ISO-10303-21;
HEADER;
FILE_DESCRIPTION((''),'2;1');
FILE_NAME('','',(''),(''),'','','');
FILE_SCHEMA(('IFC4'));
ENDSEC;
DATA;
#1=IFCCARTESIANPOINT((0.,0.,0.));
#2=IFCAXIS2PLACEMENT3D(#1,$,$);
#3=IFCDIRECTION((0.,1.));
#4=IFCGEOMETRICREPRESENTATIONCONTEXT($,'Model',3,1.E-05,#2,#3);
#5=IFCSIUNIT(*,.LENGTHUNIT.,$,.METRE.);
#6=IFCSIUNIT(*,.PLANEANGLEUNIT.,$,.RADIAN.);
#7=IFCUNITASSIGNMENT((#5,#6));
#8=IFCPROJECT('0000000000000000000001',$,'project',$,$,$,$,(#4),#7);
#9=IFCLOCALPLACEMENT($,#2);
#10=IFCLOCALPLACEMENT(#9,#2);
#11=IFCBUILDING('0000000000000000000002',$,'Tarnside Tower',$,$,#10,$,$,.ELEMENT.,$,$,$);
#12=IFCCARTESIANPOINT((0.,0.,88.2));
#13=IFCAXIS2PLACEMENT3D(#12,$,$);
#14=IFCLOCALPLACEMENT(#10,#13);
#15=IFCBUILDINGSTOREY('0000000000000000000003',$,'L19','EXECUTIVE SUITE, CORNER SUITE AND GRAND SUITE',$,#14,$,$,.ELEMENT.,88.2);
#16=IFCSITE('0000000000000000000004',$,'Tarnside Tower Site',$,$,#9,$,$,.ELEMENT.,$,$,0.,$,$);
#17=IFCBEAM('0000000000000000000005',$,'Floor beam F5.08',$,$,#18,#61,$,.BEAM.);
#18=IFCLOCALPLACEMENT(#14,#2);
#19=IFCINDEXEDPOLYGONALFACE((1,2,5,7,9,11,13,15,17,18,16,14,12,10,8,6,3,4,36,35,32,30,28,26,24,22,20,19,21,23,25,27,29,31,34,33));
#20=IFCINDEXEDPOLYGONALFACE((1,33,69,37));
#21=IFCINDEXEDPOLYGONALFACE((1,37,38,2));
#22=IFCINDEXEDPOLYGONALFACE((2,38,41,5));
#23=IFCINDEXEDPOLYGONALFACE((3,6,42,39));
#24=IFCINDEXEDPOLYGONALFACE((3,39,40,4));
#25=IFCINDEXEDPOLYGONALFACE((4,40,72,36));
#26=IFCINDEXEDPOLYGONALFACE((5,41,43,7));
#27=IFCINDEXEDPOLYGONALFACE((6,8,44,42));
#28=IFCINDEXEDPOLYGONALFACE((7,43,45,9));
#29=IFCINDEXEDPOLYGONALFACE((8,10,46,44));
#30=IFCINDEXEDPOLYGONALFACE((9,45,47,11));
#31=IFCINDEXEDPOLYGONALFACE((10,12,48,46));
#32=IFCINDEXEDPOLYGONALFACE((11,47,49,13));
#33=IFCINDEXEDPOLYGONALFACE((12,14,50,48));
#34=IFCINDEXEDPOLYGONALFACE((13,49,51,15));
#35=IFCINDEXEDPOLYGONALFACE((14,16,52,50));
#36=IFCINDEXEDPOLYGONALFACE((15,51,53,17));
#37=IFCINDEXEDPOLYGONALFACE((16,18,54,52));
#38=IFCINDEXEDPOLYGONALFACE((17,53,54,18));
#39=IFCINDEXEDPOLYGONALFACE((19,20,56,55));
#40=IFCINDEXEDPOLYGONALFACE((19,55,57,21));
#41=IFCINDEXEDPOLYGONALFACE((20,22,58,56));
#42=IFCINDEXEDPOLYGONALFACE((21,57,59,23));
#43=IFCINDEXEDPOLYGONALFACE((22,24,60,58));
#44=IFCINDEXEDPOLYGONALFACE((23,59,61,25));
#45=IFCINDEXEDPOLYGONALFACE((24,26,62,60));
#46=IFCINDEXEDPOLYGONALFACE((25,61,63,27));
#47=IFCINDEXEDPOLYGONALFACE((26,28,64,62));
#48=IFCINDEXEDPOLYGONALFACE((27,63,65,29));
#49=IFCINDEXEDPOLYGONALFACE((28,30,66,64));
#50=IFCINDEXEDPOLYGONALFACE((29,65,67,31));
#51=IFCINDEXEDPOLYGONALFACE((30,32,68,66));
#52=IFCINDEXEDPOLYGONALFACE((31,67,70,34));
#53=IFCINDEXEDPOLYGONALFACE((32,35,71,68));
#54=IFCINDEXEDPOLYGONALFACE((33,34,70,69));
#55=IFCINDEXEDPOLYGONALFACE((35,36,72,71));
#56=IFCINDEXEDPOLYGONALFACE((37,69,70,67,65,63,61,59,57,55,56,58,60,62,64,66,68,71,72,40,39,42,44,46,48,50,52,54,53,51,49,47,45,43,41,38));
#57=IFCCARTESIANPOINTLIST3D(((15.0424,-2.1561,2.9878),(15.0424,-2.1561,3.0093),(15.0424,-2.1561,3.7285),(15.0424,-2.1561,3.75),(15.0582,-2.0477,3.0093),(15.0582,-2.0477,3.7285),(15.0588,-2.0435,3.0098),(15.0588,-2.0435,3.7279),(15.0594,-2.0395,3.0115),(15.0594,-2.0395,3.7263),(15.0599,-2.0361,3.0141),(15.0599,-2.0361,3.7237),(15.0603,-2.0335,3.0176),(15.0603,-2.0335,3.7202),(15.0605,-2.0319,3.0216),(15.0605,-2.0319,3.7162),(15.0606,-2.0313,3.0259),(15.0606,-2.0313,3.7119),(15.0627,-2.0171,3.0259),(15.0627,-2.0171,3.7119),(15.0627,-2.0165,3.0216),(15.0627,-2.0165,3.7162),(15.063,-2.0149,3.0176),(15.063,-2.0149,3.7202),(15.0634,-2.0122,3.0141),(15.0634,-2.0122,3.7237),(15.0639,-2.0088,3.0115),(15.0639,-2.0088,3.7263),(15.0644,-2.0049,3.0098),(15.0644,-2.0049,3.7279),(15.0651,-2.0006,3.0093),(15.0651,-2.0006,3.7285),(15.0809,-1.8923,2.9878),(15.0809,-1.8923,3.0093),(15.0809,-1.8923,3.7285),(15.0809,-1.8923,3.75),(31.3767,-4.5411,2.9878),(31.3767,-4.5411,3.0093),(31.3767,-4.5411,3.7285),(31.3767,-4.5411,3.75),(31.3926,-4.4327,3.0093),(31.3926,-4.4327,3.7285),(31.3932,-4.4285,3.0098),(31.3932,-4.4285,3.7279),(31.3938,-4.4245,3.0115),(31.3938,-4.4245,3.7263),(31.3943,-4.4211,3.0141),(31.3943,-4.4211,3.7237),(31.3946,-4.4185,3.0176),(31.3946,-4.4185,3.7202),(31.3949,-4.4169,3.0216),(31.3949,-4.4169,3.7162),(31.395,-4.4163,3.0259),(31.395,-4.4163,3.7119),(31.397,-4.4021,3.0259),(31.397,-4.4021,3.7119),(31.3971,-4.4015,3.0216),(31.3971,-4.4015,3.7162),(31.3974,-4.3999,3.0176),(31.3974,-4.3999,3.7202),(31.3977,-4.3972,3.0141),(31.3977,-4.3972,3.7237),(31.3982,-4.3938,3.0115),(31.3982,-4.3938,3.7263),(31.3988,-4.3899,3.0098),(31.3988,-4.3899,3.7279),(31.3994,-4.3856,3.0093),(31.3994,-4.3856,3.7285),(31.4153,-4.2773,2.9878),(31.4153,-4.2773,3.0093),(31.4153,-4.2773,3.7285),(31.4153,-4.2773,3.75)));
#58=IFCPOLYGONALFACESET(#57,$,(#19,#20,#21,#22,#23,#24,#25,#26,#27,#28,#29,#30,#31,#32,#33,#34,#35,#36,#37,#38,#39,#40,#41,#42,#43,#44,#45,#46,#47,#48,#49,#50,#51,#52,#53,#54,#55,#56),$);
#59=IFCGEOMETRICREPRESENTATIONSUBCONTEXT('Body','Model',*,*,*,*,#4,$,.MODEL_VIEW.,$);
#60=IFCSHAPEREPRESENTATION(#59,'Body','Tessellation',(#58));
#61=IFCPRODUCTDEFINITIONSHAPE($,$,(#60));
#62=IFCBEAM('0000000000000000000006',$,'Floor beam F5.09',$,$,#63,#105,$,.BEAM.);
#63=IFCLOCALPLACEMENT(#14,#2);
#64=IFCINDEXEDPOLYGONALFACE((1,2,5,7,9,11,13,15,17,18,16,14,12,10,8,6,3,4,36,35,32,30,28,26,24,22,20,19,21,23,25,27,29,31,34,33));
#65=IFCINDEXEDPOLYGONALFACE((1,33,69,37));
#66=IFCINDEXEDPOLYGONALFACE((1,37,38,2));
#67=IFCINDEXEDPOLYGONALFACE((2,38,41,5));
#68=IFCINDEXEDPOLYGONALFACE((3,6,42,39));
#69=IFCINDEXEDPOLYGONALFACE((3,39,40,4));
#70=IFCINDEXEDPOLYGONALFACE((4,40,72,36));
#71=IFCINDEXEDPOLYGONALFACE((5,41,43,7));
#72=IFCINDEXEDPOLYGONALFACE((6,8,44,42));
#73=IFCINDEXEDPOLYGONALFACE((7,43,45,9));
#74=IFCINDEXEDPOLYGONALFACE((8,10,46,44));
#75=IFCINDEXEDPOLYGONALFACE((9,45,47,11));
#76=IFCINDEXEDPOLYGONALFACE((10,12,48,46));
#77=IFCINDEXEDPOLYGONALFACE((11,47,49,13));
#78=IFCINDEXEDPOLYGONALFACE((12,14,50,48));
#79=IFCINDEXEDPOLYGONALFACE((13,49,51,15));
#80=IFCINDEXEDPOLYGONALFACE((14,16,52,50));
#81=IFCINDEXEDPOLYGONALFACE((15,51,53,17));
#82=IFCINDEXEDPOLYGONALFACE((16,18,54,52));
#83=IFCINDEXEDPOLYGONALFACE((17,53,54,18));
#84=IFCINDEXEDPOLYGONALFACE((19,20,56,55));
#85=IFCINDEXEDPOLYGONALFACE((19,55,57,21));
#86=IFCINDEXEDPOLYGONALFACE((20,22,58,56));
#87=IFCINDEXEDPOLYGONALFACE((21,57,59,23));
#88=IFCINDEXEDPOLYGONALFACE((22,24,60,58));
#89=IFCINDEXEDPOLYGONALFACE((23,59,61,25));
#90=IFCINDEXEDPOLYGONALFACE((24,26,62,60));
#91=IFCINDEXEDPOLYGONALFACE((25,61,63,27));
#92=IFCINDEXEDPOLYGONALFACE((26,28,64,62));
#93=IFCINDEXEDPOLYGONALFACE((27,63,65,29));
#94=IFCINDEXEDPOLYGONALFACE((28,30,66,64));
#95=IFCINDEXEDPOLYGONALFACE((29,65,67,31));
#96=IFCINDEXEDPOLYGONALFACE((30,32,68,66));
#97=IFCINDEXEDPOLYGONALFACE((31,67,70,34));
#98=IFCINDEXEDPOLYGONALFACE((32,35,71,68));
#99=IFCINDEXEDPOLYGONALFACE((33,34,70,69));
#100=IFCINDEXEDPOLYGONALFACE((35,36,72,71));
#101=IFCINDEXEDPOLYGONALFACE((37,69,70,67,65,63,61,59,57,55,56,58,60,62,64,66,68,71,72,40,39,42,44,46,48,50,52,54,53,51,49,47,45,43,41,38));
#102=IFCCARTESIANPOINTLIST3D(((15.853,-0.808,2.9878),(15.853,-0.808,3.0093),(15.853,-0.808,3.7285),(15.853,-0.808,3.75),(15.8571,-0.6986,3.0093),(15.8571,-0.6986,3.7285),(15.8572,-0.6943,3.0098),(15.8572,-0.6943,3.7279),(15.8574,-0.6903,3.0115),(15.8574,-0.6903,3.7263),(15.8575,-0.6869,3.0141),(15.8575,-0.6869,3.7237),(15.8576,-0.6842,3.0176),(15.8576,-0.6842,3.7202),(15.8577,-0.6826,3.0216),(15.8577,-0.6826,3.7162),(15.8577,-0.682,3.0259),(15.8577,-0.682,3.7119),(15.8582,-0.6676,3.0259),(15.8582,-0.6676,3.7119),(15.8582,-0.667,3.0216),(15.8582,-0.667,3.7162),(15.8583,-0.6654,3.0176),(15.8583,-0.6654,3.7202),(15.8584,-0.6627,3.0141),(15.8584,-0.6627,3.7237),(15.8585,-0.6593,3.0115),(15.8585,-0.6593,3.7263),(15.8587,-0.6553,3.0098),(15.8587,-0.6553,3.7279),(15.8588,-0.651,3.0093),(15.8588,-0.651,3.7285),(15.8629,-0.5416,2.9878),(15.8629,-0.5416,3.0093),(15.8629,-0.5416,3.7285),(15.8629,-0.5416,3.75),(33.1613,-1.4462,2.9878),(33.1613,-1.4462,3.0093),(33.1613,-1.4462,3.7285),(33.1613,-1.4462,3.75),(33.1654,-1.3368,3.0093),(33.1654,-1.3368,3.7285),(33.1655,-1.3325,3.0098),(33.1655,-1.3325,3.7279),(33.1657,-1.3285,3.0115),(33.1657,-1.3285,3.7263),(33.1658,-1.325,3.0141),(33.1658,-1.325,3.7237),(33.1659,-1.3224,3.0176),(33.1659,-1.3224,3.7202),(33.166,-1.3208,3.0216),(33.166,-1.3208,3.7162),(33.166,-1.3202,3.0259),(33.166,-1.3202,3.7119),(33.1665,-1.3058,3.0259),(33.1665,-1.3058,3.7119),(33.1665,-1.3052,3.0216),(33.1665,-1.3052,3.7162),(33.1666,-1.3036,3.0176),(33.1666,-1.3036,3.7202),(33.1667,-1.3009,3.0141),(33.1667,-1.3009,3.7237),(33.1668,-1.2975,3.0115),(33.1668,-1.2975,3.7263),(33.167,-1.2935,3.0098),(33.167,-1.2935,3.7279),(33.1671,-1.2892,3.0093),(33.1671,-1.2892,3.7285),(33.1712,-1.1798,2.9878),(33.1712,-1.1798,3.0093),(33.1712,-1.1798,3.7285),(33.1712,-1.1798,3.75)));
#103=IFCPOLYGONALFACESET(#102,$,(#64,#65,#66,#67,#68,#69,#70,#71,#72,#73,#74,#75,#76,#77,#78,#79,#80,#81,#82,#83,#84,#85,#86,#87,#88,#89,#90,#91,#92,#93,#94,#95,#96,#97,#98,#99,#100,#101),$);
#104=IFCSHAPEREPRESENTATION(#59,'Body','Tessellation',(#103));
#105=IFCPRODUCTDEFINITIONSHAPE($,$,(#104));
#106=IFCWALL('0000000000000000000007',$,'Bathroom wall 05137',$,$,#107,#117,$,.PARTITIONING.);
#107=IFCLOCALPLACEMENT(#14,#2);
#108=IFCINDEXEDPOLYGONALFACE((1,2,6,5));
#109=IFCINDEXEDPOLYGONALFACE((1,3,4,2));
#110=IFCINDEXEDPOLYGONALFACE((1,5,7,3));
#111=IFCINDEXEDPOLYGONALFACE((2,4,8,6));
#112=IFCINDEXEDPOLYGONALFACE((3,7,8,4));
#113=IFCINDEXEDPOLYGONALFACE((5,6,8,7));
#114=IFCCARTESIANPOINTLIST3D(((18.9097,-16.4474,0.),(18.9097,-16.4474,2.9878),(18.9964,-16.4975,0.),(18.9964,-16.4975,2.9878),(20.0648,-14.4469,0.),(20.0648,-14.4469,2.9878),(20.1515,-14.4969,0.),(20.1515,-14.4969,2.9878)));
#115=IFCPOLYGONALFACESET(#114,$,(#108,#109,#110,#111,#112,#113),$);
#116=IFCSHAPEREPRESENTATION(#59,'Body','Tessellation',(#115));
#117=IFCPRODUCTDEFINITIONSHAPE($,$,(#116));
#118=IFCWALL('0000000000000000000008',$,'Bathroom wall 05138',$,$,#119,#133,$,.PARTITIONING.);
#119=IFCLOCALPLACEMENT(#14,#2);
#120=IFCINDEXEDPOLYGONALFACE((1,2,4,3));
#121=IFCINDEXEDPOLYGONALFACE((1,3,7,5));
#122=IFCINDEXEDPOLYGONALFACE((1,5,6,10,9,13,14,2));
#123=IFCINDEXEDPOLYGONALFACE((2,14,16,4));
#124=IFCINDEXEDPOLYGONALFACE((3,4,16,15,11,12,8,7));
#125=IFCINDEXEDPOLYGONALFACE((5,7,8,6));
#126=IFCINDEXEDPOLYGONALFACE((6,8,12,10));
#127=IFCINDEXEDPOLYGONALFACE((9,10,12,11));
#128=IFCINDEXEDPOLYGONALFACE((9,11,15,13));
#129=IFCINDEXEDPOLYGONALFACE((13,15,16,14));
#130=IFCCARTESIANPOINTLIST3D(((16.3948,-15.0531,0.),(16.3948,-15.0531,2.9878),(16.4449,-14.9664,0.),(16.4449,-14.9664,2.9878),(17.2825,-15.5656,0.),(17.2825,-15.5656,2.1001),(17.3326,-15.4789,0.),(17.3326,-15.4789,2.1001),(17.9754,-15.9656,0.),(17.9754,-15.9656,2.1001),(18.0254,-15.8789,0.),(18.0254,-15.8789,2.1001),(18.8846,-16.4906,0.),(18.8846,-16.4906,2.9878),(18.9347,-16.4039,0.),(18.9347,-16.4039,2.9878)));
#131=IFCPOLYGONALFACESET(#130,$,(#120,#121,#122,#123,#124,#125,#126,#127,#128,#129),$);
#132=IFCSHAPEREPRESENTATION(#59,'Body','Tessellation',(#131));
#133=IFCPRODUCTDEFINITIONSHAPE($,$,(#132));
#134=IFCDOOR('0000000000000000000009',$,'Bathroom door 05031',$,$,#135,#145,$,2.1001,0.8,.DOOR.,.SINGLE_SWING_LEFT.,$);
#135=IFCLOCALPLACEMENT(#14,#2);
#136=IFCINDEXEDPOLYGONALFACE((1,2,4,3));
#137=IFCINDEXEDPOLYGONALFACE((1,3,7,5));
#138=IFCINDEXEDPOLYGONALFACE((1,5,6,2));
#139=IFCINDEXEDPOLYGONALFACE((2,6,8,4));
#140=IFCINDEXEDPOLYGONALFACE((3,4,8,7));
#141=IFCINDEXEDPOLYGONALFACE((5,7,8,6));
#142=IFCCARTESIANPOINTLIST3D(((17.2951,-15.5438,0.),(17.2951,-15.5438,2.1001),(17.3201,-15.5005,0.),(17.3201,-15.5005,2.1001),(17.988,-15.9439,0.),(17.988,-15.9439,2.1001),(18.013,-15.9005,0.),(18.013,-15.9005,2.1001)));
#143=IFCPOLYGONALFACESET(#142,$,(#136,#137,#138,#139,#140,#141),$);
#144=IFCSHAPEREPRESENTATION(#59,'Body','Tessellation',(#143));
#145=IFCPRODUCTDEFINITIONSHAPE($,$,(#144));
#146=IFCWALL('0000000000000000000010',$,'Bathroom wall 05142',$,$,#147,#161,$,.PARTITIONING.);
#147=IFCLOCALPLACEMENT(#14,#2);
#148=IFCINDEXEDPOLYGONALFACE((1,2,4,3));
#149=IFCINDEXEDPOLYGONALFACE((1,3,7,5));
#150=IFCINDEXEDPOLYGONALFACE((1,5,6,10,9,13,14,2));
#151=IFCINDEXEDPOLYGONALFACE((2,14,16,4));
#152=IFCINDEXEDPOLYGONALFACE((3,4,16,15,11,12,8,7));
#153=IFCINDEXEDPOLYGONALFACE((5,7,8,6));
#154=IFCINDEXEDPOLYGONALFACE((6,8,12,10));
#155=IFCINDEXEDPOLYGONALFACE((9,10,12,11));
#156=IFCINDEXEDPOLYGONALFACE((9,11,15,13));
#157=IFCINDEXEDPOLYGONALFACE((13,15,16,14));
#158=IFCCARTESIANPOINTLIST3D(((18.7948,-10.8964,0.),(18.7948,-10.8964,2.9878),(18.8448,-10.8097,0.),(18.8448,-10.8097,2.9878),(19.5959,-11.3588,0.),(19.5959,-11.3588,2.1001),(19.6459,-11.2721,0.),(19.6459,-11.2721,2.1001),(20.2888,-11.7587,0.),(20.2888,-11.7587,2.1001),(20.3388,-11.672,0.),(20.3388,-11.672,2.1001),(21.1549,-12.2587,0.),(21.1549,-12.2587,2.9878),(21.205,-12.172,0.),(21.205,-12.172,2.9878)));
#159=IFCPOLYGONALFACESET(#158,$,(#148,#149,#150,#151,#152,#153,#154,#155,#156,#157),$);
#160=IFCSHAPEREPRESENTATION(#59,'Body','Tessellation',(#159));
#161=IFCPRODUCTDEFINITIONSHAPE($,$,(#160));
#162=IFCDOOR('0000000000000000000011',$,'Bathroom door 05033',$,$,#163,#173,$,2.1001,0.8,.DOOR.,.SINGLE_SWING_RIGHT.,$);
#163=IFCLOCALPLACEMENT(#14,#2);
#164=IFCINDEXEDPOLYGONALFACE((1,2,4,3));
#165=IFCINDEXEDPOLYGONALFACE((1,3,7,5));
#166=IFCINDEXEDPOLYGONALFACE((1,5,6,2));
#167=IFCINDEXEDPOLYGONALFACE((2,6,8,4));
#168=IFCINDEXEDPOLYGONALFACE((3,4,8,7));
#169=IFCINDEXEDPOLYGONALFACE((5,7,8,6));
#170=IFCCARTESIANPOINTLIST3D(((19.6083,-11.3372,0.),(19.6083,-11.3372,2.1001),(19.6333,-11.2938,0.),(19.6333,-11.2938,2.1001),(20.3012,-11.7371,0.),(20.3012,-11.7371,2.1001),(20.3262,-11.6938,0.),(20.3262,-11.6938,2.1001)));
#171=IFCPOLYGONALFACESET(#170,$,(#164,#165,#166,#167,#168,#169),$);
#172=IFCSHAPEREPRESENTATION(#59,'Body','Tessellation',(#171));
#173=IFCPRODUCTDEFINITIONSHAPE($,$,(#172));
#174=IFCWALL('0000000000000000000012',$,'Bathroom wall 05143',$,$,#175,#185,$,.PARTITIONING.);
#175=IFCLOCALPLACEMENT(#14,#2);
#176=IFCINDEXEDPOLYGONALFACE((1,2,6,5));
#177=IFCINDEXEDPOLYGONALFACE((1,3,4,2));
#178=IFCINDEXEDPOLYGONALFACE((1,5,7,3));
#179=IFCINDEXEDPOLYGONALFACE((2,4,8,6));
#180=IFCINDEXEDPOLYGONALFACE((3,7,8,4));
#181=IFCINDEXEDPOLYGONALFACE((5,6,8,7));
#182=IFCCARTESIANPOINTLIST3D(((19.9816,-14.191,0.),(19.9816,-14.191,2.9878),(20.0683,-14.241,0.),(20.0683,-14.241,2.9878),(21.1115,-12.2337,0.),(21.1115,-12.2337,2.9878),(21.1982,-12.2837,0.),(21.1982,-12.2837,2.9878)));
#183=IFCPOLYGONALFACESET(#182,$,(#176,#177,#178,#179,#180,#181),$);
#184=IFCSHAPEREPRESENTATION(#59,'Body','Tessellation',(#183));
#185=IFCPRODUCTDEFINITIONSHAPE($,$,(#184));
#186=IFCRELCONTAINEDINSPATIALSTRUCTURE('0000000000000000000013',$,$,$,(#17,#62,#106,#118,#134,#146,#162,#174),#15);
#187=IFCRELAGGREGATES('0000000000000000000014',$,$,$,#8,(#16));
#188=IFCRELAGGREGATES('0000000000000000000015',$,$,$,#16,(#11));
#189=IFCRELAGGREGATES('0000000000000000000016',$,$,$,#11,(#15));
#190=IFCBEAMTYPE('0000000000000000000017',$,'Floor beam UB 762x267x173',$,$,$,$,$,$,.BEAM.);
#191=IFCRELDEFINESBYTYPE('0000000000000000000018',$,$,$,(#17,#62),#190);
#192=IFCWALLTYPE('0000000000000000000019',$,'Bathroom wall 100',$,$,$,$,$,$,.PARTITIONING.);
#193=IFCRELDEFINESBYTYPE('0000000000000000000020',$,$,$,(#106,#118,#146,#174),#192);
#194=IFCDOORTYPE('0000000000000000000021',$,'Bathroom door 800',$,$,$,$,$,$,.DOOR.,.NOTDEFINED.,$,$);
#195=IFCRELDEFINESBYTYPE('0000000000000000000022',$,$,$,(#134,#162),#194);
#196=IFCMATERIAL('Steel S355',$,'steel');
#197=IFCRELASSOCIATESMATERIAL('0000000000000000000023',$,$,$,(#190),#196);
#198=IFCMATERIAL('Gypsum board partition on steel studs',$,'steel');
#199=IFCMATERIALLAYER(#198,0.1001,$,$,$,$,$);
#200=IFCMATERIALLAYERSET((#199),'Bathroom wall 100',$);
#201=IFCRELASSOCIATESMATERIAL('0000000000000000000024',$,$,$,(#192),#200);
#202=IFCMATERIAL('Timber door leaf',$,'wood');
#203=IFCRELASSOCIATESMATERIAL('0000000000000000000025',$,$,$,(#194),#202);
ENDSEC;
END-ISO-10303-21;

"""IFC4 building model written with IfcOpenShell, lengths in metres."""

from ifc_helpers import new_model, si_unit, direction, frame, frame_2d, origin, origin_2d, place, context, subcontext, project, spatial, rectangle, i_section, extrude, material, layer, layer_set, material_profile, profile_set, type_object, element, fill, save


model = new_model("IFC4")

# Units and contexts
model_context = context("Model", 3, precision=1e-05, world=origin(), true_north=direction((0.0, 1.0)))
body_context = subcontext(model_context, "Body", "Model", "MODEL_VIEW")
ifc_project = project(units=[si_unit("LENGTHUNIT", "METRE"), si_unit("PLANEANGLEUNIT", "RADIAN")], contexts=[model_context])

# Site, building, storey
site_placement = place(None, origin())
site = spatial("IfcSite", under=ifc_project, at=site_placement, Name="Tarnside Tower Site", CompositionType="ELEMENT", RefElevation=0.0)
building_placement = place(site_placement, origin())
building = spatial("IfcBuilding", under=site, at=building_placement, Name="Tarnside Tower", CompositionType="ELEMENT")
storey_placement = place(building_placement, frame((0.0, 0.0, 88.2)))
storey = spatial("IfcBuildingStorey", under=building, at=storey_placement, Name="L19", Description="EXECUTIVE SUITE, CORNER SUITE AND GRAND SUITE", CompositionType="ELEMENT", Elevation=88.2)

# Beams
ifc_material_1 = material(Name="Steel S355", Category="steel")
ifc_material_profile_1 = material_profile(ifc_material_1, i_section(OverallWidth=0.2666, OverallDepth=0.7622, WebThickness=0.0144, FlangeThickness=0.0215, FilletRadius=0.0166, at=origin_2d()), Name="UB 762x267x173")
ifc_profile_set_1 = profile_set([ifc_material_profile_1], Name="Steel S355")
beam_type_1 = type_object("IfcBeamType", Name="Floor beam UB 762x267x173", PredefinedType="BEAM", material=ifc_profile_set_1)
beam_1_placement = place(storey_placement, frame((31.396, -4.4092, 3.3689), z_axis=(-0.989508, 0.144479, 0.0), x_axis=(-0.144479, -0.989508, 0.0)))
element("IfcBeam", 1, at=beam_1_placement, inside=storey, type_object=beam_type_1, Name="Floor beam F5.08", PredefinedType="BEAM", context=body_context, shape_type="SweptSolid", body=[
    extrude(i_section(OverallWidth=0.2666, OverallDepth=0.7622, WebThickness=0.0144, FlangeThickness=0.0215, FilletRadius=0.0166, at=origin_2d()), origin(), (0.0, 0.0, 1.0), 16.5076),
])
beam_2_placement = place(storey_placement, frame((33.1663, -1.313, 3.3689), z_axis=(-0.999321, 0.036846, 0.0), x_axis=(-0.036846, -0.999321, 0.0)))
element("IfcBeam", 2, at=beam_2_placement, inside=storey, type_object=beam_type_1, Name="Floor beam F5.09", PredefinedType="BEAM", context=body_context, shape_type="SweptSolid", body=[
    extrude(i_section(OverallWidth=0.2666, OverallDepth=0.7622, WebThickness=0.0144, FlangeThickness=0.0215, FilletRadius=0.0166, at=origin_2d()), origin(), (0.0, 0.0, 1.0), 17.3201),
])

# Wall
ifc_material_2 = material(Name="Gypsum board partition on steel studs", Category="steel")
ifc_layer_1 = layer(ifc_material_2, 0.1001)
ifc_layer_set_1 = layer_set([ifc_layer_1], Name="Bathroom wall 100")
wall_type_1 = type_object("IfcWallType", Name="Bathroom wall 100", PredefinedType="PARTITIONING", material=ifc_layer_set_1)
wall_1_placement = place(storey_placement, frame((20.1082, -14.4719, 0.0), z_axis=(0.0, 0.0, 1.0), x_axis=(-0.500015, -0.866017, 0.0)))
element("IfcWall", 3, at=wall_1_placement, inside=storey, type_object=wall_type_1, Name="Bathroom wall 05137", PredefinedType="PARTITIONING", context=body_context, shape_type="SweptSolid", body=[
    extrude(rectangle(XDim=2.3101, YDim=0.1001, at=frame_2d((1.155, 0.0))), origin(), (0.0, 0.0, 1.0), 2.9878),
])

# Walls, openings, doors
wall_2_placement = place(storey_placement, frame((18.9097, -16.4473, 0.0), z_axis=(0.0, 0.0, 1.0), x_axis=(-0.866019, 0.500012, 0.0)))
wall_2 = element("IfcWall", 4, at=wall_2_placement, inside=storey, type_object=wall_type_1, Name="Bathroom wall 05138", PredefinedType="PARTITIONING", context=body_context, shape_type="SweptSolid", body=[
    extrude(rectangle(XDim=2.875, YDim=0.1001, at=frame_2d((1.4375, 0.0))), origin(), (0.0, 0.0, 1.0), 2.9878),
])
opening_1_placement = place(wall_2_placement, frame((1.05, 0.0, 0.0)))
opening_1 = element("IfcOpeningElement", 5, at=opening_1_placement, cuts=wall_2, PredefinedType="OPENING", context=body_context, shape_type="SweptSolid", body=[
    extrude(rectangle(XDim=0.8, YDim=2.1001, at=frame_2d((0.3999, 1.05))), frame((0.0, 0.0601, 0.0), z_axis=(0.0, -1.0, 0.0), x_axis=(1.0, 0.0, 0.0)), (0.0, 0.0, 1.0), 0.1201),
])
ifc_material_3 = material(Name="Timber door leaf", Category="wood")
door_type_1 = type_object("IfcDoorType", Name="Bathroom door 800", OperationType="NOTDEFINED", PredefinedType="DOOR", material=ifc_material_3)
door_1_placement = place(opening_1_placement, origin())
door_1 = element("IfcDoor", 6, at=door_1_placement, inside=storey, type_object=door_type_1, Name="Bathroom door 05031", OperationType="SINGLE_SWING_LEFT", OverallHeight=2.1001, OverallWidth=0.8, PredefinedType="DOOR", context=body_context, shape_type="SweptSolid", body=[
    extrude(rectangle(XDim=0.8, YDim=2.1001, at=frame_2d((0.3999, 1.05))), frame((0.0, 0.0249, 0.0), z_axis=(0.0, -1.0, 0.0), x_axis=(1.0, 0.0, 0.0)), (0.0, 0.0, 1.0), 0.05),
])
fill(opening_1, door_1)
wall_3_placement = place(storey_placement, frame((18.8198, -10.853, 0.0), z_axis=(0.0, 0.0, 1.0), x_axis=(0.866074, -0.499916, 0.0)))
wall_3 = element("IfcWall", 7, at=wall_3_placement, inside=storey, type_object=wall_type_1, Name="Bathroom wall 05142", PredefinedType="PARTITIONING", context=body_context, shape_type="SweptSolid", body=[
    extrude(rectangle(XDim=2.7251, YDim=0.1001, at=frame_2d((1.3625, 0.0))), origin(), (0.0, 0.0, 1.0), 2.9878),
])
opening_2_placement = place(wall_3_placement, frame((0.925, 0.0, 0.0)))
opening_2 = element("IfcOpeningElement", 8, at=opening_2_placement, cuts=wall_3, PredefinedType="OPENING", context=body_context, shape_type="SweptSolid", body=[
    extrude(rectangle(XDim=0.8, YDim=2.1001, at=frame_2d((0.3999, 1.05))), frame((0.0, 0.0601, 0.0), z_axis=(0.0, -1.0, 0.0), x_axis=(1.0, 0.0, 0.0)), (0.0, 0.0, 1.0), 0.1201),
])
door_2_placement = place(opening_2_placement, origin())
door_2 = element("IfcDoor", 9, at=door_2_placement, inside=storey, type_object=door_type_1, Name="Bathroom door 05033", OperationType="SINGLE_SWING_RIGHT", OverallHeight=2.1001, OverallWidth=0.8, PredefinedType="DOOR", context=body_context, shape_type="SweptSolid", body=[
    extrude(rectangle(XDim=0.8, YDim=2.1001, at=frame_2d((0.3999, 1.05))), frame((0.0, 0.0249, 0.0), z_axis=(0.0, -1.0, 0.0), x_axis=(1.0, 0.0, 0.0)), (0.0, 0.0, 1.0), 0.05),
])
fill(opening_2, door_2)

# Wall
wall_4_placement = place(storey_placement, frame((21.1548, -12.2588, 0.0), z_axis=(0.0, 0.0, 1.0), x_axis=(-0.49995, -0.866054, 0.0)))
element("IfcWall", 10, at=wall_4_placement, inside=storey, type_object=wall_type_1, Name="Bathroom wall 05143", PredefinedType="PARTITIONING", context=body_context, shape_type="SweptSolid", body=[
    extrude(rectangle(XDim=2.26, YDim=0.1001, at=frame_2d((1.1299, 0.0))), origin(), (0.0, 0.0, 1.0), 2.9878),
])

save(model, "model.ifc")
